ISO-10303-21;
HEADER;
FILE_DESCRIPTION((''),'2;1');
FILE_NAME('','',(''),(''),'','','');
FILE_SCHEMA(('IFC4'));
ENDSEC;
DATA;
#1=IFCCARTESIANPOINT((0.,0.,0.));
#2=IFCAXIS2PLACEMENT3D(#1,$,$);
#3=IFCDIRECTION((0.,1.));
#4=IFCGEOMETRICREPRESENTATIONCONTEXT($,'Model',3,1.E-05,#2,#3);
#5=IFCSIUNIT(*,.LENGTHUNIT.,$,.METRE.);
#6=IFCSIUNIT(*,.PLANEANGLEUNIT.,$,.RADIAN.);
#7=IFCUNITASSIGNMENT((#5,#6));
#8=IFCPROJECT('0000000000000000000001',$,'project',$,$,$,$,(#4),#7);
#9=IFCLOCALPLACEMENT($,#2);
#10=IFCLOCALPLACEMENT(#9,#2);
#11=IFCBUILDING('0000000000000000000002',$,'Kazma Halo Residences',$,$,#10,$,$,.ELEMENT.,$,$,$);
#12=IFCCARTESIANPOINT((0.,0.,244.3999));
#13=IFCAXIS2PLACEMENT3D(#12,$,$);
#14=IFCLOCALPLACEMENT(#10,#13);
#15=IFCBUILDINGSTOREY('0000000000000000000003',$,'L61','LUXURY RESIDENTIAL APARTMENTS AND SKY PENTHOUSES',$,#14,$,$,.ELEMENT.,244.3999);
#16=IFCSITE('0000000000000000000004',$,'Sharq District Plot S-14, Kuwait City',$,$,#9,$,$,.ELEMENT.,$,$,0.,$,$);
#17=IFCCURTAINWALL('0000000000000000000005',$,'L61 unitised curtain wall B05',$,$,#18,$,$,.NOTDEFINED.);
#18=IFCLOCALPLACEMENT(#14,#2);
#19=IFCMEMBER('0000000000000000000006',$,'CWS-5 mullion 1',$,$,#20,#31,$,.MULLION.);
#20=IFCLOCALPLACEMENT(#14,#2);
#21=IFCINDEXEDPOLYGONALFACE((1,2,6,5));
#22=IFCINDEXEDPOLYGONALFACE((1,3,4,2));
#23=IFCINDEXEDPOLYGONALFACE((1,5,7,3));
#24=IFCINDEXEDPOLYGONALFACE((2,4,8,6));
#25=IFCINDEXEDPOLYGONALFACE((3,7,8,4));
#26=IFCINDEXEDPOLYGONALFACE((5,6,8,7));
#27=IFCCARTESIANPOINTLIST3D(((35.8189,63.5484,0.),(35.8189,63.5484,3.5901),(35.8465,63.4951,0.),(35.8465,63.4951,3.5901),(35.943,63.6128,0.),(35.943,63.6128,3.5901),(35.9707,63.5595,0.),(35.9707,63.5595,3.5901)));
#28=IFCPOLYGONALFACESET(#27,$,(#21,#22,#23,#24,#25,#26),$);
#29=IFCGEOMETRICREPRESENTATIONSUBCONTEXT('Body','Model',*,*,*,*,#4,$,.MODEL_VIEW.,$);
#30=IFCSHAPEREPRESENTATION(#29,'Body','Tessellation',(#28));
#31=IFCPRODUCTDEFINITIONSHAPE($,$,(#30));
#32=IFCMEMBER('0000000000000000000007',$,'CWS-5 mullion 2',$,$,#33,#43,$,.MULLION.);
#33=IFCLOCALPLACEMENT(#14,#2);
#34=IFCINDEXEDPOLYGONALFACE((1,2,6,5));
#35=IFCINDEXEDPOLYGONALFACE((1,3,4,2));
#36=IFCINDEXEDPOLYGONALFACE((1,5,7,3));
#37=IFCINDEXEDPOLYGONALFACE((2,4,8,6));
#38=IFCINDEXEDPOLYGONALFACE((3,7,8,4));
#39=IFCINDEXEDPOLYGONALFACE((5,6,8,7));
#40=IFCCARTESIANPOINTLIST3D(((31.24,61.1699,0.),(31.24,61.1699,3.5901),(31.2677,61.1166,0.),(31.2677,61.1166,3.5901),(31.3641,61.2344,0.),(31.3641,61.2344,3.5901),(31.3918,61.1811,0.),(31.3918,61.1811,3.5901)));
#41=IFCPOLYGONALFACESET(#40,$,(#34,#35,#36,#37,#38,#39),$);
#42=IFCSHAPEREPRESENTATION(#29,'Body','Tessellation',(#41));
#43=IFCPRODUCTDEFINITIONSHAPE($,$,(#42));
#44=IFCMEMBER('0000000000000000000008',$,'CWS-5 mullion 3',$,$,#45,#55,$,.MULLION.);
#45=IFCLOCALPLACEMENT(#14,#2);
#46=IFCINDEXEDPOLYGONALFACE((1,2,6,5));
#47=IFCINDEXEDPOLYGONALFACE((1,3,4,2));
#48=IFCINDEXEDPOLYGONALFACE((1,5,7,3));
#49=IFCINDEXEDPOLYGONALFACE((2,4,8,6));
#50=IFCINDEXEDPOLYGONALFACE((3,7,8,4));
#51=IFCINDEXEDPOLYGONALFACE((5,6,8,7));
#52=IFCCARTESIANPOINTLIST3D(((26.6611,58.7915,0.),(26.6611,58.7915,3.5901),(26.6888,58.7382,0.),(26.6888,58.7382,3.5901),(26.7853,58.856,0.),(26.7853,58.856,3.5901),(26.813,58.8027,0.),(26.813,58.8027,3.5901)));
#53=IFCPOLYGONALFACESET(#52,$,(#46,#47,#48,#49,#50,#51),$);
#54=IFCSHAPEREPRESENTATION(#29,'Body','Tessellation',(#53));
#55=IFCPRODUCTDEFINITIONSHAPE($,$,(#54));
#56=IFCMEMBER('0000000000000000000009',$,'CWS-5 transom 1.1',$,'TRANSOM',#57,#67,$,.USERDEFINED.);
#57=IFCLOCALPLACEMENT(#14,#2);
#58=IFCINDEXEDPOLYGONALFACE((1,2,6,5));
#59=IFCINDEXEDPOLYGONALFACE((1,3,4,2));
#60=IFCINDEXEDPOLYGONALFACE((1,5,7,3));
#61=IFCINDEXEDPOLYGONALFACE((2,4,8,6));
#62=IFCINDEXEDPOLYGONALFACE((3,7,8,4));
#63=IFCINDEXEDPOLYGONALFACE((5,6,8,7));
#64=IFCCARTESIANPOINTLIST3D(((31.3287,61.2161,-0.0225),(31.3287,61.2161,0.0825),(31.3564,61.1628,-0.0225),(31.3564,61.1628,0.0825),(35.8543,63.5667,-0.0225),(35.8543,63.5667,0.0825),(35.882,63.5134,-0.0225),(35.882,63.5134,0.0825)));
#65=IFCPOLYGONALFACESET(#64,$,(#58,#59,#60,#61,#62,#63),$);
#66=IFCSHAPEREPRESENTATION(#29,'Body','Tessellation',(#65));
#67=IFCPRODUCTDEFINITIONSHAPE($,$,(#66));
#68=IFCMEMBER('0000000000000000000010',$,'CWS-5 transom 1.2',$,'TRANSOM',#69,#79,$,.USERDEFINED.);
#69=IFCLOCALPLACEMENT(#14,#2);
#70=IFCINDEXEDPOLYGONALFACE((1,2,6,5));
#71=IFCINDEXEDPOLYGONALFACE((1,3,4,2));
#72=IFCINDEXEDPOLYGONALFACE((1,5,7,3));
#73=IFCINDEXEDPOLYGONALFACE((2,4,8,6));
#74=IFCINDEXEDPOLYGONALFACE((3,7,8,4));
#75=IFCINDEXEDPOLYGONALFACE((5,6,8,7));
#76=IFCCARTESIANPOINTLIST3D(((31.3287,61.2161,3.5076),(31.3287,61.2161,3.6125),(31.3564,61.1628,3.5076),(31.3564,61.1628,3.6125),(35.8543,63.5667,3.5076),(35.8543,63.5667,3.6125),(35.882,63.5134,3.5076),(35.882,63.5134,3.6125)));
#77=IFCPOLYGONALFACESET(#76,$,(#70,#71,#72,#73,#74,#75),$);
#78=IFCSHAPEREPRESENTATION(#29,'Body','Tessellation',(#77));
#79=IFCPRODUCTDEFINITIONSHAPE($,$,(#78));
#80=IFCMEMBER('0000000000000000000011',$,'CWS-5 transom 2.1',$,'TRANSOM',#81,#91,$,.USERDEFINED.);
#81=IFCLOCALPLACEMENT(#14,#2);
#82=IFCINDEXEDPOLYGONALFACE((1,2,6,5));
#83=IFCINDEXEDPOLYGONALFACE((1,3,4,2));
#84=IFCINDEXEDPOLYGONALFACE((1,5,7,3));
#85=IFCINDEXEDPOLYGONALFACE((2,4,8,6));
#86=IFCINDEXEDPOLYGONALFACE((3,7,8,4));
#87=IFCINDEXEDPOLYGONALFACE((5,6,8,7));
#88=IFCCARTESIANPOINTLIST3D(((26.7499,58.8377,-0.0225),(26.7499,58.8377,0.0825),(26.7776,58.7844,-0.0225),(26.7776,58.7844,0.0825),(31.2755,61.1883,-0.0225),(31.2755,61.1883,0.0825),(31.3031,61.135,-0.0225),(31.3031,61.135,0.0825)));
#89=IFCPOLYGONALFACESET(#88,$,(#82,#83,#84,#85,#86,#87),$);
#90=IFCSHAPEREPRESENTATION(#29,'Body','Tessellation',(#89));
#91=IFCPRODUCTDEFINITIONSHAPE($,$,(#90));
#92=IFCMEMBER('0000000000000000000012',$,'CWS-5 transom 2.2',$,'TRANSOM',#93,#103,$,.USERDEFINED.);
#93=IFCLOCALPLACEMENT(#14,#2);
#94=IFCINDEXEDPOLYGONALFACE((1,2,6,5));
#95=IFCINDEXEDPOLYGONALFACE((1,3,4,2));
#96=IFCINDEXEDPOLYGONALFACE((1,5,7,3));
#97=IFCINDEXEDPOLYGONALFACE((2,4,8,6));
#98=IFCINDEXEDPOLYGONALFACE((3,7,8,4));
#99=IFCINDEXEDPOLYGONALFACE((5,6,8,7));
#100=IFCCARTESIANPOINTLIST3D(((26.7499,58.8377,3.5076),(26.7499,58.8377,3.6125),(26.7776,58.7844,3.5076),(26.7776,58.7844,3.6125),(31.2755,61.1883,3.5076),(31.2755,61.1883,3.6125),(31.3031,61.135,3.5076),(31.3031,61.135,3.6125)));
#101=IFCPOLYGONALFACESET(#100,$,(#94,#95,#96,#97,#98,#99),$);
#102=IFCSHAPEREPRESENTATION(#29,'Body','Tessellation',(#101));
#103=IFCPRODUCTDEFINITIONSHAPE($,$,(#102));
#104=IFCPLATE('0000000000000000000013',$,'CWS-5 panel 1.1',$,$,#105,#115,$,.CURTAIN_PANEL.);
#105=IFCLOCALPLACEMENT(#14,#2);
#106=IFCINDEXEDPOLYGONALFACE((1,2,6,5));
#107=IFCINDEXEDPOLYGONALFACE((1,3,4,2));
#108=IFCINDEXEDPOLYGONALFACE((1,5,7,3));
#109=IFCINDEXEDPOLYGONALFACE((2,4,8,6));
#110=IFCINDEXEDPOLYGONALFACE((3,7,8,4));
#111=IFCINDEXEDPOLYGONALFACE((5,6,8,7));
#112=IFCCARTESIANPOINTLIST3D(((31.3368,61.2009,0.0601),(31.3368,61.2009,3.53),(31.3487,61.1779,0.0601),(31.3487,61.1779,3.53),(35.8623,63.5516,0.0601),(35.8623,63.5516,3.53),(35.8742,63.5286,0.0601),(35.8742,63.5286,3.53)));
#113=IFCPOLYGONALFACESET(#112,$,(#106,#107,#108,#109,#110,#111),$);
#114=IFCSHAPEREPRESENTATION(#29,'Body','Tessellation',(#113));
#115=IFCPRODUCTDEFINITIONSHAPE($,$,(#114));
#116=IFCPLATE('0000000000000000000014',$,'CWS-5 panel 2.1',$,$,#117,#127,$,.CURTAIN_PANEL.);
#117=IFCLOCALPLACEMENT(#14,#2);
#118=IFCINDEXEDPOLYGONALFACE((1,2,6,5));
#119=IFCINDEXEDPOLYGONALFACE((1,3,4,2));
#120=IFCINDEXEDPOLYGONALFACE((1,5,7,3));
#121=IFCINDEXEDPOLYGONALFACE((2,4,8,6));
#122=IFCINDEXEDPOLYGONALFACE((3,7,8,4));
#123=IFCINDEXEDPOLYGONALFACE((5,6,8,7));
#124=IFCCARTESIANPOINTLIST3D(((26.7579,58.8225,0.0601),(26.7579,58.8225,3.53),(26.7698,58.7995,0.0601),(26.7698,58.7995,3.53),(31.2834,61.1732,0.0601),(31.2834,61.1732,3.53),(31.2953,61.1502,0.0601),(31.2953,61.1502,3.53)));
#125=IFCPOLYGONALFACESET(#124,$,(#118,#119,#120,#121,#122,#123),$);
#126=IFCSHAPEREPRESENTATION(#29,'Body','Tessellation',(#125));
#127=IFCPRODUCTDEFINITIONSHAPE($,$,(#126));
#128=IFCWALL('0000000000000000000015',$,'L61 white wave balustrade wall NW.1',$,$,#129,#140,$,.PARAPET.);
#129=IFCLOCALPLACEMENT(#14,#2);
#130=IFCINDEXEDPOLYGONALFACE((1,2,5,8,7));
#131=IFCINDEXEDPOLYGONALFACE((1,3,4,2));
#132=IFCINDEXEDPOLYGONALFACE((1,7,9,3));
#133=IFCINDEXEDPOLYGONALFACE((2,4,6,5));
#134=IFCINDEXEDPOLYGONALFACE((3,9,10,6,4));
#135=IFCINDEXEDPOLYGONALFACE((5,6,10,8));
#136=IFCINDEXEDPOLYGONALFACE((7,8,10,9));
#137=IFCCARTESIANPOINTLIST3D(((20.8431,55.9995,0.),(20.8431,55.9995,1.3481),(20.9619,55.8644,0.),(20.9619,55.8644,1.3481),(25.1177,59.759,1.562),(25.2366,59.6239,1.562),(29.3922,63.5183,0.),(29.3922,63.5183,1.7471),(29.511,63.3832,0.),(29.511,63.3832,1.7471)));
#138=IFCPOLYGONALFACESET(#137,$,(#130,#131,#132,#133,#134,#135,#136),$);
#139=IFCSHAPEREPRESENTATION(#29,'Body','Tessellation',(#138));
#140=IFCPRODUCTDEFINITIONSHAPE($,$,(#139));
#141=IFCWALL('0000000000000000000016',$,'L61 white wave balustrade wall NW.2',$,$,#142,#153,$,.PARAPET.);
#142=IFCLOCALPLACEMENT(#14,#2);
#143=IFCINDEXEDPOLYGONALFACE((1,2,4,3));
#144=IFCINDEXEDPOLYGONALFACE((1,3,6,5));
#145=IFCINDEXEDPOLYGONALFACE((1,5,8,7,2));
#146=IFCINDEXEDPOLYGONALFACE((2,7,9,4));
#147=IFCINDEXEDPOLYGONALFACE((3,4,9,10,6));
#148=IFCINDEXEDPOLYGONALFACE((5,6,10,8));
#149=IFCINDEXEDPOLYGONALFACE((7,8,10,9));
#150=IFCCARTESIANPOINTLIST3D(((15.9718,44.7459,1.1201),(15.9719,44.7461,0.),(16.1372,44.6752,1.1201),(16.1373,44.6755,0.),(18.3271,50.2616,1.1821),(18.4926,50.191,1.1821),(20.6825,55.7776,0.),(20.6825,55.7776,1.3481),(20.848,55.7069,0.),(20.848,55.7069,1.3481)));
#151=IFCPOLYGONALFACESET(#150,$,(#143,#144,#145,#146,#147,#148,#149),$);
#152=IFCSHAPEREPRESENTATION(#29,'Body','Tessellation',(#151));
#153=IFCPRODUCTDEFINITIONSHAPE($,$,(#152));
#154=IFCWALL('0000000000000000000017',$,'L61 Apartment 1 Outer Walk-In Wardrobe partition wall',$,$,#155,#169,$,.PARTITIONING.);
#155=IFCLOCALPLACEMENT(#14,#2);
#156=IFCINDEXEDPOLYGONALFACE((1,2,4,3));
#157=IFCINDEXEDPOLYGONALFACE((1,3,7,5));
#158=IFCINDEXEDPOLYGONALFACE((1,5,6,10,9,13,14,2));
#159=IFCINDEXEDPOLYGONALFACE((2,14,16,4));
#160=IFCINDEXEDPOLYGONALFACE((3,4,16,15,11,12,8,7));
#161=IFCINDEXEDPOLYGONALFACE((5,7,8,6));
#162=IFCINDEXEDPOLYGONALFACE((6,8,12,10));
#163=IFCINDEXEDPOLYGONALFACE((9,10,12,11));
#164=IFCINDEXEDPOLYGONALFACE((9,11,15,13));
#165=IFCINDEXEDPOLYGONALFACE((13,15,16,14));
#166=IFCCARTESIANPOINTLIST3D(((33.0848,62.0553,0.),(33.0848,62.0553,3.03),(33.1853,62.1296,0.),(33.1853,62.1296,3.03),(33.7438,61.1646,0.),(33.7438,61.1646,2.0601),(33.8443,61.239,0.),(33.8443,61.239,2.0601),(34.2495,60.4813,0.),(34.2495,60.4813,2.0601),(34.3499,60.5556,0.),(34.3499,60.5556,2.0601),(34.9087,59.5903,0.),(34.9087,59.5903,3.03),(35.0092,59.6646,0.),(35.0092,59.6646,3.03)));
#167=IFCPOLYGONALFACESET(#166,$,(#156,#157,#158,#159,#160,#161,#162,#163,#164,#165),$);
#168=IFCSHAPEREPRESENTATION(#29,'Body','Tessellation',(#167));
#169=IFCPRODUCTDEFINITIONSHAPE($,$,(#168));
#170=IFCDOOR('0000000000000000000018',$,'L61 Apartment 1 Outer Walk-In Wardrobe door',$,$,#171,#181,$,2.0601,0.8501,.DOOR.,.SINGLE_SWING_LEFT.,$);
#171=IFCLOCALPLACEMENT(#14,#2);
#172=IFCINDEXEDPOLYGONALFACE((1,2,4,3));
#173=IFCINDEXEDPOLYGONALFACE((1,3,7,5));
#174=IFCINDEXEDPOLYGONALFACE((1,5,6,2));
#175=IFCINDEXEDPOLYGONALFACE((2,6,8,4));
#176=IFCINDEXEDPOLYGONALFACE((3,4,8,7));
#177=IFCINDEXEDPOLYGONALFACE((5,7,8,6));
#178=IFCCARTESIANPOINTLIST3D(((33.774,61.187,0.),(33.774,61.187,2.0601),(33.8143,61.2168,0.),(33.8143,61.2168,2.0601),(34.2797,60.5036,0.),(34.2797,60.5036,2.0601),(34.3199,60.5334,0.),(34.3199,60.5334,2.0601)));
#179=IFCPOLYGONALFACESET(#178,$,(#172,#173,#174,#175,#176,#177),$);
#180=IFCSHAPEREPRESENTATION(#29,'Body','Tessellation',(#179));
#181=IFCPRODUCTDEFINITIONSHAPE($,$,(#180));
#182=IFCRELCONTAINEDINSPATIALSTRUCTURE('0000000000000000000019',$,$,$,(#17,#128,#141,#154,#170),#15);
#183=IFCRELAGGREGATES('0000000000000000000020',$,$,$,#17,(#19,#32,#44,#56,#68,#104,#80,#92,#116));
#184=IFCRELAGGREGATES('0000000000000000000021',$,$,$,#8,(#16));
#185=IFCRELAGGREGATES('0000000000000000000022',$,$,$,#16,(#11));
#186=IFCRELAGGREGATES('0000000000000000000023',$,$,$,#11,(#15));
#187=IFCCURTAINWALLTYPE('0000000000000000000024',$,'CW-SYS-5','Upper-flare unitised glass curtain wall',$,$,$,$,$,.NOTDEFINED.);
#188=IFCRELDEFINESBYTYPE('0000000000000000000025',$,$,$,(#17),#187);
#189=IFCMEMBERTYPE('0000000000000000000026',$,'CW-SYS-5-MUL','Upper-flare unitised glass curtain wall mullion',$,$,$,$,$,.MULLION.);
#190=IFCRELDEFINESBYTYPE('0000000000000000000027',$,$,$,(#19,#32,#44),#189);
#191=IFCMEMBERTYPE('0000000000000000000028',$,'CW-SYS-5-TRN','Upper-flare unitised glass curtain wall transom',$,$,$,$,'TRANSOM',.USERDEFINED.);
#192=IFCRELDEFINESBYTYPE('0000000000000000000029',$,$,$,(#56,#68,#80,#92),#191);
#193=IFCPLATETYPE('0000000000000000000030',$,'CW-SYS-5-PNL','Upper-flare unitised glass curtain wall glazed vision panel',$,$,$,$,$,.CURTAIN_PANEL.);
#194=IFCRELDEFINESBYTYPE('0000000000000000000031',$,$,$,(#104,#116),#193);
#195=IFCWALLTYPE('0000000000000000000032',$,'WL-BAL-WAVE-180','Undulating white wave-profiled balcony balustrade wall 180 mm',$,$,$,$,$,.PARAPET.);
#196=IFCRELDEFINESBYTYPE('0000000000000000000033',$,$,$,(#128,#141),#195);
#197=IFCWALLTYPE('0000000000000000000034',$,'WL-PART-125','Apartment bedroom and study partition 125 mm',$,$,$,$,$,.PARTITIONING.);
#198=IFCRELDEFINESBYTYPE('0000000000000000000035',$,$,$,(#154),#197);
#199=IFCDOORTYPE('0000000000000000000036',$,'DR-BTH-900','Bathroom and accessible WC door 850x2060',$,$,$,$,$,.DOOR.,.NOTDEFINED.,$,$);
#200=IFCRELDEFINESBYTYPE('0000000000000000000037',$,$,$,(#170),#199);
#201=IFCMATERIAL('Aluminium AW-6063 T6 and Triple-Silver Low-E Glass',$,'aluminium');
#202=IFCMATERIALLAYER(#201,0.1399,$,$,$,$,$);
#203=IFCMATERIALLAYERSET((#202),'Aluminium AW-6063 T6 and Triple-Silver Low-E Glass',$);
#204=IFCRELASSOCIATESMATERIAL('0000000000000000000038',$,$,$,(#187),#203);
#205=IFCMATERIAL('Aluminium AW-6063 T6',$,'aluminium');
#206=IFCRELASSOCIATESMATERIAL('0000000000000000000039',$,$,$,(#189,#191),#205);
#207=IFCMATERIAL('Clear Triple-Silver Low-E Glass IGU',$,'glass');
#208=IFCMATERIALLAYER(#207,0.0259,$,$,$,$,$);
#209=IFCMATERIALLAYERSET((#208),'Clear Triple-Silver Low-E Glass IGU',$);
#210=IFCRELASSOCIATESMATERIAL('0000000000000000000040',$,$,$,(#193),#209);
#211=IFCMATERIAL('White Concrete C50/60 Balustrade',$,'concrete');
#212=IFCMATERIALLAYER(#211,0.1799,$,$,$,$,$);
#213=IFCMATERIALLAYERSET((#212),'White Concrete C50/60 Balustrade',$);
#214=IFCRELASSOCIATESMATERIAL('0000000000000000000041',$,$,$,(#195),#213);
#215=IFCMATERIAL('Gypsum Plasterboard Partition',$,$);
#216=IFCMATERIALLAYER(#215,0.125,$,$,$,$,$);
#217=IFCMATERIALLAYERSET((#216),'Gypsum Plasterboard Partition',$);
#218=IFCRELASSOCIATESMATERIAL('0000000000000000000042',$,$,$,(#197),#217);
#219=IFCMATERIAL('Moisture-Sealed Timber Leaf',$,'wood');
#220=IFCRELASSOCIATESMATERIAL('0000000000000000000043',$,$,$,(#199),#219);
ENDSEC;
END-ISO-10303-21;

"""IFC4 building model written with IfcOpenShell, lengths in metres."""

from ifc_helpers import new_model, si_unit, direction, frame, frame_2d, origin, origin_2d, place, context, subcontext, project, spatial, polyline, rectangle, outline, extrude, material, layer, layer_set, material_profile, profile_set, type_object, element, fill, aggregate, save


model = new_model("IFC4")

# Units and contexts
model_context = context("Model", 3, precision=1e-05, world=origin(), true_north=direction((0.0, 1.0)))
body_context = subcontext(model_context, "Body", "Model", "MODEL_VIEW")
ifc_project = project(units=[si_unit("LENGTHUNIT", "METRE"), si_unit("PLANEANGLEUNIT", "RADIAN")], contexts=[model_context])

# Site, building, storey
site_placement = place(None, origin())
site = spatial("IfcSite", under=ifc_project, at=site_placement, Name="Sharq District Plot S-14, Kuwait City", CompositionType="ELEMENT", RefElevation=0.0)
building_placement = place(site_placement, origin())
building = spatial("IfcBuilding", under=site, at=building_placement, Name="Kazma Halo Residences", CompositionType="ELEMENT")
storey_placement = place(building_placement, frame((0.0, 0.0, 244.3999)))
storey = spatial("IfcBuildingStorey", under=building, at=storey_placement, Name="L61", Description="LUXURY RESIDENTIAL APARTMENTS AND SKY PENTHOUSES", CompositionType="ELEMENT", Elevation=244.3999)

# Curtain wall, members, plates
ifc_material_1 = material(Name="Aluminium AW-6063 T6 and Triple-Silver Low-E Glass", Category="aluminium")
ifc_layer_1 = layer(ifc_material_1, 0.1399)
ifc_layer_set_1 = layer_set([ifc_layer_1], Name="Aluminium AW-6063 T6 and Triple-Silver Low-E Glass")
curtain_wall_type = type_object("IfcCurtainWallType", Name="CW-SYS-5", Description="Upper-flare unitised glass curtain wall", PredefinedType="NOTDEFINED", material=ifc_layer_set_1)
curtain_wall_placement = place(storey_placement, origin())
curtain_wall = element("IfcCurtainWall", 1, at=curtain_wall_placement, inside=storey, type_object=curtain_wall_type, Name="L61 unitised curtain wall B05", PredefinedType="NOTDEFINED")
ifc_material_2 = material(Name="Aluminium AW-6063 T6", Category="aluminium")
ifc_material_profile_1 = material_profile(ifc_material_2, rectangle(XDim=0.0601, YDim=0.1399, at=origin_2d()), Name="CWM-60x140")
ifc_profile_set_1 = profile_set([ifc_material_profile_1], Name="Aluminium AW-6063 T6")
member_type_1 = type_object("IfcMemberType", Name="CW-SYS-5-MUL", Description="Upper-flare unitised glass curtain wall mullion", PredefinedType="MULLION", material=ifc_profile_set_1)
member_1_placement = place(storey_placement, frame((35.8948, 63.554, 0.0), z_axis=(0.0, 0.0, 1.0), x_axis=(0.460961, -0.887421, 0.0)))
member_1 = element("IfcMember", 2, at=member_1_placement, type_object=member_type_1, Name="CWS-5 mullion 1", PredefinedType="MULLION", context=body_context, shape_type="SweptSolid", body=[
    extrude(rectangle(XDim=0.0601, YDim=0.1399, at=origin_2d()), origin(), (0.0, 0.0, 1.0), 3.5901),
])
member_2_placement = place(storey_placement, frame((31.3159, 61.1755, 0.0), z_axis=(0.0, 0.0, 1.0), x_axis=(0.460961, -0.887421, 0.0)))
member_2 = element("IfcMember", 3, at=member_2_placement, type_object=member_type_1, Name="CWS-5 mullion 2", PredefinedType="MULLION", context=body_context, shape_type="SweptSolid", body=[
    extrude(rectangle(XDim=0.0601, YDim=0.1399, at=origin_2d()), origin(), (0.0, 0.0, 1.0), 3.5901),
])
member_3_placement = place(storey_placement, frame((26.7371, 58.7971, 0.0), z_axis=(0.0, 0.0, 1.0), x_axis=(0.460961, -0.887421, 0.0)))
member_3 = element("IfcMember", 4, at=member_3_placement, type_object=member_type_1, Name="CWS-5 mullion 3", PredefinedType="MULLION", context=body_context, shape_type="SweptSolid", body=[
    extrude(rectangle(XDim=0.0601, YDim=0.1399, at=origin_2d()), origin(), (0.0, 0.0, 1.0), 3.5901),
])
ifc_material_profile_2 = material_profile(ifc_material_2, rectangle(XDim=0.0601, YDim=0.105, at=origin_2d()), Name="CWT-60x105")
ifc_profile_set_2 = profile_set([ifc_material_profile_2], Name="Aluminium AW-6063 T6")
member_type_2 = type_object("IfcMemberType", Name="CW-SYS-5-TRN", Description="Upper-flare unitised glass curtain wall transom", ElementType="TRANSOM", PredefinedType="USERDEFINED", material=ifc_profile_set_2)
member_4_placement = place(storey_placement, frame((35.8682, 63.54, 0.03), z_axis=(-0.887437, -0.460929, 0.0), x_axis=(0.460929, -0.887437, 0.0)))
member_4 = element("IfcMember", 5, at=member_4_placement, type_object=member_type_2, Name="CWS-5 transom 1.1", ObjectType="TRANSOM", PredefinedType="USERDEFINED", context=body_context, shape_type="SweptSolid", body=[
    extrude(rectangle(XDim=0.0601, YDim=0.105, at=origin_2d()), origin(), (0.0, 0.0, 1.0), 5.0996),
])
member_5_placement = place(storey_placement, frame((35.8682, 63.54, 3.5601), z_axis=(-0.887437, -0.460929, 0.0), x_axis=(0.460929, -0.887437, 0.0)))
member_5 = element("IfcMember", 6, at=member_5_placement, type_object=member_type_2, Name="CWS-5 transom 1.2", ObjectType="TRANSOM", PredefinedType="USERDEFINED", context=body_context, shape_type="SweptSolid", body=[
    extrude(rectangle(XDim=0.0601, YDim=0.105, at=origin_2d()), origin(), (0.0, 0.0, 1.0), 5.0996),
])
member_6_placement = place(storey_placement, frame((31.2893, 61.1616, 0.03), z_axis=(-0.887437, -0.460929, 0.0), x_axis=(0.460929, -0.887437, 0.0)))
member_6 = element("IfcMember", 7, at=member_6_placement, type_object=member_type_2, Name="CWS-5 transom 2.1", ObjectType="TRANSOM", PredefinedType="USERDEFINED", context=body_context, shape_type="SweptSolid", body=[
    extrude(rectangle(XDim=0.0601, YDim=0.105, at=origin_2d()), origin(), (0.0, 0.0, 1.0), 5.0996),
])
member_7_placement = place(storey_placement, frame((31.2893, 61.1616, 3.5601), z_axis=(-0.887437, -0.460929, 0.0), x_axis=(0.460929, -0.887437, 0.0)))
member_7 = element("IfcMember", 8, at=member_7_placement, type_object=member_type_2, Name="CWS-5 transom 2.2", ObjectType="TRANSOM", PredefinedType="USERDEFINED", context=body_context, shape_type="SweptSolid", body=[
    extrude(rectangle(XDim=0.0601, YDim=0.105, at=origin_2d()), origin(), (0.0, 0.0, 1.0), 5.0996),
])
ifc_material_3 = material(Name="Clear Triple-Silver Low-E Glass IGU", Category="glass")
ifc_layer_2 = layer(ifc_material_3, 0.0259)
ifc_layer_set_2 = layer_set([ifc_layer_2], Name="Clear Triple-Silver Low-E Glass IGU")
plate_type = type_object("IfcPlateType", Name="CW-SYS-5-PNL", Description="Upper-flare unitised glass curtain wall glazed vision panel", PredefinedType="CURTAIN_PANEL", material=ifc_layer_set_2)
plate_1_placement = place(storey_placement, frame((33.6055, 62.3647, 0.0601), z_axis=(0.0, 0.0, 1.0), x_axis=(-0.887421, -0.460961, 0.0)))
plate_1 = element("IfcPlate", 9, at=plate_1_placement, type_object=plate_type, Name="CWS-5 panel 1.1", PredefinedType="CURTAIN_PANEL", context=body_context, shape_type="SweptSolid", body=[
    extrude(rectangle(XDim=5.0996, YDim=0.0259, at=origin_2d()), origin(), (0.0, 0.0, 1.0), 3.47),
])
plate_2_placement = place(storey_placement, frame((29.0266, 59.9863, 0.0601), z_axis=(0.0, 0.0, 1.0), x_axis=(-0.887421, -0.460961, 0.0)))
plate_2 = element("IfcPlate", 10, at=plate_2_placement, type_object=plate_type, Name="CWS-5 panel 2.1", PredefinedType="CURTAIN_PANEL", context=body_context, shape_type="SweptSolid", body=[
    extrude(rectangle(XDim=5.0996, YDim=0.0259, at=origin_2d()), origin(), (0.0, 0.0, 1.0), 3.47),
])
aggregate(curtain_wall, [member_1, member_2, member_3, member_4, member_5, plate_1, member_6, member_7, plate_2])

# Walls
ifc_material_4 = material(Name="White Concrete C50/60 Balustrade", Category="concrete")
ifc_layer_3 = layer(ifc_material_4, 0.1799)
ifc_layer_set_3 = layer_set([ifc_layer_3], Name="White Concrete C50/60 Balustrade")
wall_type_1 = type_object("IfcWallType", Name="WL-BAL-WAVE-180", Description="Undulating white wave-profiled balcony balustrade wall 180 mm", PredefinedType="PARAPET", material=ifc_layer_set_3)
wall_1_placement = place(storey_placement, frame((29.4517, 63.4507, 0.0), z_axis=(0.0, 0.0, 1.0), x_axis=(-0.750904, -0.660411, 0.0)))
element("IfcWall", 11, at=wall_1_placement, inside=storey, type_object=wall_type_1, Name="L61 white wave balustrade wall NW.1", PredefinedType="PARAPET", context=body_context, shape_type="SweptSolid", body=[
    extrude(outline(polyline([(0.0, 0.0), (11.385, 0.0), (11.385, 1.3481), (5.6924, 1.562), (0.0, 1.7471), (0.0, 0.0)])), frame((0.0, 0.0898, 0.0), z_axis=(0.0, -1.0, 0.0), x_axis=(1.0, 0.0, 0.0)), (0.0, 0.0, 1.0), 0.1799),
])
wall_2_placement = place(storey_placement, frame((20.7654, 55.7422, 0.0), z_axis=(0.0, 0.0, 1.0), x_axis=(-0.392715, -0.91966, 0.0)))
element("IfcWall", 12, at=wall_2_placement, inside=storey, type_object=wall_type_1, Name="L61 white wave balustrade wall NW.2", PredefinedType="PARAPET", context=body_context, shape_type="SweptSolid", body=[
    extrude(outline(polyline([(0.0, 0.0), (11.9951, 0.0), (11.9954, 1.1201), (5.9978, 1.1821), (0.0, 1.3481), (0.0, 0.0)])), frame((0.0, 0.0898, 0.0), z_axis=(0.0, -1.0, 0.0), x_axis=(1.0, 0.0, 0.0)), (0.0, 0.0, 1.0), 0.1799),
])

# Wall, opening, door
ifc_material_5 = material(Name="Gypsum Plasterboard Partition")
ifc_layer_4 = layer(ifc_material_5, 0.125)
ifc_layer_set_4 = layer_set([ifc_layer_4], Name="Gypsum Plasterboard Partition")
wall_type_2 = type_object("IfcWallType", Name="WL-PART-125", Description="Apartment bedroom and study partition 125 mm", PredefinedType="PARTITIONING", material=ifc_layer_set_4)
wall_3_placement = place(storey_placement, frame((34.959, 59.6274, 0.0), z_axis=(0.0, 0.0, 1.0), x_axis=(-0.594803, 0.803872, 0.0)))
wall_3 = element("IfcWall", 13, at=wall_3_placement, inside=storey, type_object=wall_type_2, Name="L61 Apartment 1 Outer Walk-In Wardrobe partition wall", PredefinedType="PARTITIONING", context=body_context, shape_type="SweptSolid", body=[
    extrude(rectangle(XDim=3.0664, YDim=0.125, at=frame_2d((1.5332, 0.0))), origin(), (0.0, 0.0, 1.0), 3.03),
])
opening_1_placement = place(wall_3_placement, frame((1.1084, 0.0, 0.0)))
opening_1 = element("IfcOpeningElement", 14, at=opening_1_placement, cuts=wall_3, PredefinedType="OPENING", context=body_context, shape_type="SweptSolid", body=[
    extrude(rectangle(XDim=0.8501, YDim=2.0601, at=frame_2d((0.425, 1.03))), frame((0.0, 0.0725, 0.0), z_axis=(0.0, -1.0, 0.0), x_axis=(1.0, 0.0, 0.0)), (0.0, 0.0, 1.0), 0.145),
])
ifc_material_6 = material(Name="Moisture-Sealed Timber Leaf", Category="wood")
door_type_1 = type_object("IfcDoorType", Name="DR-BTH-900", Description="Bathroom and accessible WC door 850x2060", OperationType="NOTDEFINED", PredefinedType="DOOR", material=ifc_material_6)
door_1_placement = place(opening_1_placement, origin())
door_1 = element("IfcDoor", 15, at=door_1_placement, inside=storey, type_object=door_type_1, Name="L61 Apartment 1 Outer Walk-In Wardrobe door", OperationType="SINGLE_SWING_LEFT", OverallHeight=2.0601, OverallWidth=0.8501, PredefinedType="DOOR", context=body_context, shape_type="SweptSolid", body=[
    extrude(rectangle(XDim=0.8501, YDim=2.0601, at=frame_2d((0.425, 1.03))), frame((0.0, 0.0249, 0.0), z_axis=(0.0, -1.0, 0.0), x_axis=(1.0, 0.0, 0.0)), (0.0, 0.0, 1.0), 0.05),
])
fill(opening_1, door_1)

save(model, "model.ifc")
